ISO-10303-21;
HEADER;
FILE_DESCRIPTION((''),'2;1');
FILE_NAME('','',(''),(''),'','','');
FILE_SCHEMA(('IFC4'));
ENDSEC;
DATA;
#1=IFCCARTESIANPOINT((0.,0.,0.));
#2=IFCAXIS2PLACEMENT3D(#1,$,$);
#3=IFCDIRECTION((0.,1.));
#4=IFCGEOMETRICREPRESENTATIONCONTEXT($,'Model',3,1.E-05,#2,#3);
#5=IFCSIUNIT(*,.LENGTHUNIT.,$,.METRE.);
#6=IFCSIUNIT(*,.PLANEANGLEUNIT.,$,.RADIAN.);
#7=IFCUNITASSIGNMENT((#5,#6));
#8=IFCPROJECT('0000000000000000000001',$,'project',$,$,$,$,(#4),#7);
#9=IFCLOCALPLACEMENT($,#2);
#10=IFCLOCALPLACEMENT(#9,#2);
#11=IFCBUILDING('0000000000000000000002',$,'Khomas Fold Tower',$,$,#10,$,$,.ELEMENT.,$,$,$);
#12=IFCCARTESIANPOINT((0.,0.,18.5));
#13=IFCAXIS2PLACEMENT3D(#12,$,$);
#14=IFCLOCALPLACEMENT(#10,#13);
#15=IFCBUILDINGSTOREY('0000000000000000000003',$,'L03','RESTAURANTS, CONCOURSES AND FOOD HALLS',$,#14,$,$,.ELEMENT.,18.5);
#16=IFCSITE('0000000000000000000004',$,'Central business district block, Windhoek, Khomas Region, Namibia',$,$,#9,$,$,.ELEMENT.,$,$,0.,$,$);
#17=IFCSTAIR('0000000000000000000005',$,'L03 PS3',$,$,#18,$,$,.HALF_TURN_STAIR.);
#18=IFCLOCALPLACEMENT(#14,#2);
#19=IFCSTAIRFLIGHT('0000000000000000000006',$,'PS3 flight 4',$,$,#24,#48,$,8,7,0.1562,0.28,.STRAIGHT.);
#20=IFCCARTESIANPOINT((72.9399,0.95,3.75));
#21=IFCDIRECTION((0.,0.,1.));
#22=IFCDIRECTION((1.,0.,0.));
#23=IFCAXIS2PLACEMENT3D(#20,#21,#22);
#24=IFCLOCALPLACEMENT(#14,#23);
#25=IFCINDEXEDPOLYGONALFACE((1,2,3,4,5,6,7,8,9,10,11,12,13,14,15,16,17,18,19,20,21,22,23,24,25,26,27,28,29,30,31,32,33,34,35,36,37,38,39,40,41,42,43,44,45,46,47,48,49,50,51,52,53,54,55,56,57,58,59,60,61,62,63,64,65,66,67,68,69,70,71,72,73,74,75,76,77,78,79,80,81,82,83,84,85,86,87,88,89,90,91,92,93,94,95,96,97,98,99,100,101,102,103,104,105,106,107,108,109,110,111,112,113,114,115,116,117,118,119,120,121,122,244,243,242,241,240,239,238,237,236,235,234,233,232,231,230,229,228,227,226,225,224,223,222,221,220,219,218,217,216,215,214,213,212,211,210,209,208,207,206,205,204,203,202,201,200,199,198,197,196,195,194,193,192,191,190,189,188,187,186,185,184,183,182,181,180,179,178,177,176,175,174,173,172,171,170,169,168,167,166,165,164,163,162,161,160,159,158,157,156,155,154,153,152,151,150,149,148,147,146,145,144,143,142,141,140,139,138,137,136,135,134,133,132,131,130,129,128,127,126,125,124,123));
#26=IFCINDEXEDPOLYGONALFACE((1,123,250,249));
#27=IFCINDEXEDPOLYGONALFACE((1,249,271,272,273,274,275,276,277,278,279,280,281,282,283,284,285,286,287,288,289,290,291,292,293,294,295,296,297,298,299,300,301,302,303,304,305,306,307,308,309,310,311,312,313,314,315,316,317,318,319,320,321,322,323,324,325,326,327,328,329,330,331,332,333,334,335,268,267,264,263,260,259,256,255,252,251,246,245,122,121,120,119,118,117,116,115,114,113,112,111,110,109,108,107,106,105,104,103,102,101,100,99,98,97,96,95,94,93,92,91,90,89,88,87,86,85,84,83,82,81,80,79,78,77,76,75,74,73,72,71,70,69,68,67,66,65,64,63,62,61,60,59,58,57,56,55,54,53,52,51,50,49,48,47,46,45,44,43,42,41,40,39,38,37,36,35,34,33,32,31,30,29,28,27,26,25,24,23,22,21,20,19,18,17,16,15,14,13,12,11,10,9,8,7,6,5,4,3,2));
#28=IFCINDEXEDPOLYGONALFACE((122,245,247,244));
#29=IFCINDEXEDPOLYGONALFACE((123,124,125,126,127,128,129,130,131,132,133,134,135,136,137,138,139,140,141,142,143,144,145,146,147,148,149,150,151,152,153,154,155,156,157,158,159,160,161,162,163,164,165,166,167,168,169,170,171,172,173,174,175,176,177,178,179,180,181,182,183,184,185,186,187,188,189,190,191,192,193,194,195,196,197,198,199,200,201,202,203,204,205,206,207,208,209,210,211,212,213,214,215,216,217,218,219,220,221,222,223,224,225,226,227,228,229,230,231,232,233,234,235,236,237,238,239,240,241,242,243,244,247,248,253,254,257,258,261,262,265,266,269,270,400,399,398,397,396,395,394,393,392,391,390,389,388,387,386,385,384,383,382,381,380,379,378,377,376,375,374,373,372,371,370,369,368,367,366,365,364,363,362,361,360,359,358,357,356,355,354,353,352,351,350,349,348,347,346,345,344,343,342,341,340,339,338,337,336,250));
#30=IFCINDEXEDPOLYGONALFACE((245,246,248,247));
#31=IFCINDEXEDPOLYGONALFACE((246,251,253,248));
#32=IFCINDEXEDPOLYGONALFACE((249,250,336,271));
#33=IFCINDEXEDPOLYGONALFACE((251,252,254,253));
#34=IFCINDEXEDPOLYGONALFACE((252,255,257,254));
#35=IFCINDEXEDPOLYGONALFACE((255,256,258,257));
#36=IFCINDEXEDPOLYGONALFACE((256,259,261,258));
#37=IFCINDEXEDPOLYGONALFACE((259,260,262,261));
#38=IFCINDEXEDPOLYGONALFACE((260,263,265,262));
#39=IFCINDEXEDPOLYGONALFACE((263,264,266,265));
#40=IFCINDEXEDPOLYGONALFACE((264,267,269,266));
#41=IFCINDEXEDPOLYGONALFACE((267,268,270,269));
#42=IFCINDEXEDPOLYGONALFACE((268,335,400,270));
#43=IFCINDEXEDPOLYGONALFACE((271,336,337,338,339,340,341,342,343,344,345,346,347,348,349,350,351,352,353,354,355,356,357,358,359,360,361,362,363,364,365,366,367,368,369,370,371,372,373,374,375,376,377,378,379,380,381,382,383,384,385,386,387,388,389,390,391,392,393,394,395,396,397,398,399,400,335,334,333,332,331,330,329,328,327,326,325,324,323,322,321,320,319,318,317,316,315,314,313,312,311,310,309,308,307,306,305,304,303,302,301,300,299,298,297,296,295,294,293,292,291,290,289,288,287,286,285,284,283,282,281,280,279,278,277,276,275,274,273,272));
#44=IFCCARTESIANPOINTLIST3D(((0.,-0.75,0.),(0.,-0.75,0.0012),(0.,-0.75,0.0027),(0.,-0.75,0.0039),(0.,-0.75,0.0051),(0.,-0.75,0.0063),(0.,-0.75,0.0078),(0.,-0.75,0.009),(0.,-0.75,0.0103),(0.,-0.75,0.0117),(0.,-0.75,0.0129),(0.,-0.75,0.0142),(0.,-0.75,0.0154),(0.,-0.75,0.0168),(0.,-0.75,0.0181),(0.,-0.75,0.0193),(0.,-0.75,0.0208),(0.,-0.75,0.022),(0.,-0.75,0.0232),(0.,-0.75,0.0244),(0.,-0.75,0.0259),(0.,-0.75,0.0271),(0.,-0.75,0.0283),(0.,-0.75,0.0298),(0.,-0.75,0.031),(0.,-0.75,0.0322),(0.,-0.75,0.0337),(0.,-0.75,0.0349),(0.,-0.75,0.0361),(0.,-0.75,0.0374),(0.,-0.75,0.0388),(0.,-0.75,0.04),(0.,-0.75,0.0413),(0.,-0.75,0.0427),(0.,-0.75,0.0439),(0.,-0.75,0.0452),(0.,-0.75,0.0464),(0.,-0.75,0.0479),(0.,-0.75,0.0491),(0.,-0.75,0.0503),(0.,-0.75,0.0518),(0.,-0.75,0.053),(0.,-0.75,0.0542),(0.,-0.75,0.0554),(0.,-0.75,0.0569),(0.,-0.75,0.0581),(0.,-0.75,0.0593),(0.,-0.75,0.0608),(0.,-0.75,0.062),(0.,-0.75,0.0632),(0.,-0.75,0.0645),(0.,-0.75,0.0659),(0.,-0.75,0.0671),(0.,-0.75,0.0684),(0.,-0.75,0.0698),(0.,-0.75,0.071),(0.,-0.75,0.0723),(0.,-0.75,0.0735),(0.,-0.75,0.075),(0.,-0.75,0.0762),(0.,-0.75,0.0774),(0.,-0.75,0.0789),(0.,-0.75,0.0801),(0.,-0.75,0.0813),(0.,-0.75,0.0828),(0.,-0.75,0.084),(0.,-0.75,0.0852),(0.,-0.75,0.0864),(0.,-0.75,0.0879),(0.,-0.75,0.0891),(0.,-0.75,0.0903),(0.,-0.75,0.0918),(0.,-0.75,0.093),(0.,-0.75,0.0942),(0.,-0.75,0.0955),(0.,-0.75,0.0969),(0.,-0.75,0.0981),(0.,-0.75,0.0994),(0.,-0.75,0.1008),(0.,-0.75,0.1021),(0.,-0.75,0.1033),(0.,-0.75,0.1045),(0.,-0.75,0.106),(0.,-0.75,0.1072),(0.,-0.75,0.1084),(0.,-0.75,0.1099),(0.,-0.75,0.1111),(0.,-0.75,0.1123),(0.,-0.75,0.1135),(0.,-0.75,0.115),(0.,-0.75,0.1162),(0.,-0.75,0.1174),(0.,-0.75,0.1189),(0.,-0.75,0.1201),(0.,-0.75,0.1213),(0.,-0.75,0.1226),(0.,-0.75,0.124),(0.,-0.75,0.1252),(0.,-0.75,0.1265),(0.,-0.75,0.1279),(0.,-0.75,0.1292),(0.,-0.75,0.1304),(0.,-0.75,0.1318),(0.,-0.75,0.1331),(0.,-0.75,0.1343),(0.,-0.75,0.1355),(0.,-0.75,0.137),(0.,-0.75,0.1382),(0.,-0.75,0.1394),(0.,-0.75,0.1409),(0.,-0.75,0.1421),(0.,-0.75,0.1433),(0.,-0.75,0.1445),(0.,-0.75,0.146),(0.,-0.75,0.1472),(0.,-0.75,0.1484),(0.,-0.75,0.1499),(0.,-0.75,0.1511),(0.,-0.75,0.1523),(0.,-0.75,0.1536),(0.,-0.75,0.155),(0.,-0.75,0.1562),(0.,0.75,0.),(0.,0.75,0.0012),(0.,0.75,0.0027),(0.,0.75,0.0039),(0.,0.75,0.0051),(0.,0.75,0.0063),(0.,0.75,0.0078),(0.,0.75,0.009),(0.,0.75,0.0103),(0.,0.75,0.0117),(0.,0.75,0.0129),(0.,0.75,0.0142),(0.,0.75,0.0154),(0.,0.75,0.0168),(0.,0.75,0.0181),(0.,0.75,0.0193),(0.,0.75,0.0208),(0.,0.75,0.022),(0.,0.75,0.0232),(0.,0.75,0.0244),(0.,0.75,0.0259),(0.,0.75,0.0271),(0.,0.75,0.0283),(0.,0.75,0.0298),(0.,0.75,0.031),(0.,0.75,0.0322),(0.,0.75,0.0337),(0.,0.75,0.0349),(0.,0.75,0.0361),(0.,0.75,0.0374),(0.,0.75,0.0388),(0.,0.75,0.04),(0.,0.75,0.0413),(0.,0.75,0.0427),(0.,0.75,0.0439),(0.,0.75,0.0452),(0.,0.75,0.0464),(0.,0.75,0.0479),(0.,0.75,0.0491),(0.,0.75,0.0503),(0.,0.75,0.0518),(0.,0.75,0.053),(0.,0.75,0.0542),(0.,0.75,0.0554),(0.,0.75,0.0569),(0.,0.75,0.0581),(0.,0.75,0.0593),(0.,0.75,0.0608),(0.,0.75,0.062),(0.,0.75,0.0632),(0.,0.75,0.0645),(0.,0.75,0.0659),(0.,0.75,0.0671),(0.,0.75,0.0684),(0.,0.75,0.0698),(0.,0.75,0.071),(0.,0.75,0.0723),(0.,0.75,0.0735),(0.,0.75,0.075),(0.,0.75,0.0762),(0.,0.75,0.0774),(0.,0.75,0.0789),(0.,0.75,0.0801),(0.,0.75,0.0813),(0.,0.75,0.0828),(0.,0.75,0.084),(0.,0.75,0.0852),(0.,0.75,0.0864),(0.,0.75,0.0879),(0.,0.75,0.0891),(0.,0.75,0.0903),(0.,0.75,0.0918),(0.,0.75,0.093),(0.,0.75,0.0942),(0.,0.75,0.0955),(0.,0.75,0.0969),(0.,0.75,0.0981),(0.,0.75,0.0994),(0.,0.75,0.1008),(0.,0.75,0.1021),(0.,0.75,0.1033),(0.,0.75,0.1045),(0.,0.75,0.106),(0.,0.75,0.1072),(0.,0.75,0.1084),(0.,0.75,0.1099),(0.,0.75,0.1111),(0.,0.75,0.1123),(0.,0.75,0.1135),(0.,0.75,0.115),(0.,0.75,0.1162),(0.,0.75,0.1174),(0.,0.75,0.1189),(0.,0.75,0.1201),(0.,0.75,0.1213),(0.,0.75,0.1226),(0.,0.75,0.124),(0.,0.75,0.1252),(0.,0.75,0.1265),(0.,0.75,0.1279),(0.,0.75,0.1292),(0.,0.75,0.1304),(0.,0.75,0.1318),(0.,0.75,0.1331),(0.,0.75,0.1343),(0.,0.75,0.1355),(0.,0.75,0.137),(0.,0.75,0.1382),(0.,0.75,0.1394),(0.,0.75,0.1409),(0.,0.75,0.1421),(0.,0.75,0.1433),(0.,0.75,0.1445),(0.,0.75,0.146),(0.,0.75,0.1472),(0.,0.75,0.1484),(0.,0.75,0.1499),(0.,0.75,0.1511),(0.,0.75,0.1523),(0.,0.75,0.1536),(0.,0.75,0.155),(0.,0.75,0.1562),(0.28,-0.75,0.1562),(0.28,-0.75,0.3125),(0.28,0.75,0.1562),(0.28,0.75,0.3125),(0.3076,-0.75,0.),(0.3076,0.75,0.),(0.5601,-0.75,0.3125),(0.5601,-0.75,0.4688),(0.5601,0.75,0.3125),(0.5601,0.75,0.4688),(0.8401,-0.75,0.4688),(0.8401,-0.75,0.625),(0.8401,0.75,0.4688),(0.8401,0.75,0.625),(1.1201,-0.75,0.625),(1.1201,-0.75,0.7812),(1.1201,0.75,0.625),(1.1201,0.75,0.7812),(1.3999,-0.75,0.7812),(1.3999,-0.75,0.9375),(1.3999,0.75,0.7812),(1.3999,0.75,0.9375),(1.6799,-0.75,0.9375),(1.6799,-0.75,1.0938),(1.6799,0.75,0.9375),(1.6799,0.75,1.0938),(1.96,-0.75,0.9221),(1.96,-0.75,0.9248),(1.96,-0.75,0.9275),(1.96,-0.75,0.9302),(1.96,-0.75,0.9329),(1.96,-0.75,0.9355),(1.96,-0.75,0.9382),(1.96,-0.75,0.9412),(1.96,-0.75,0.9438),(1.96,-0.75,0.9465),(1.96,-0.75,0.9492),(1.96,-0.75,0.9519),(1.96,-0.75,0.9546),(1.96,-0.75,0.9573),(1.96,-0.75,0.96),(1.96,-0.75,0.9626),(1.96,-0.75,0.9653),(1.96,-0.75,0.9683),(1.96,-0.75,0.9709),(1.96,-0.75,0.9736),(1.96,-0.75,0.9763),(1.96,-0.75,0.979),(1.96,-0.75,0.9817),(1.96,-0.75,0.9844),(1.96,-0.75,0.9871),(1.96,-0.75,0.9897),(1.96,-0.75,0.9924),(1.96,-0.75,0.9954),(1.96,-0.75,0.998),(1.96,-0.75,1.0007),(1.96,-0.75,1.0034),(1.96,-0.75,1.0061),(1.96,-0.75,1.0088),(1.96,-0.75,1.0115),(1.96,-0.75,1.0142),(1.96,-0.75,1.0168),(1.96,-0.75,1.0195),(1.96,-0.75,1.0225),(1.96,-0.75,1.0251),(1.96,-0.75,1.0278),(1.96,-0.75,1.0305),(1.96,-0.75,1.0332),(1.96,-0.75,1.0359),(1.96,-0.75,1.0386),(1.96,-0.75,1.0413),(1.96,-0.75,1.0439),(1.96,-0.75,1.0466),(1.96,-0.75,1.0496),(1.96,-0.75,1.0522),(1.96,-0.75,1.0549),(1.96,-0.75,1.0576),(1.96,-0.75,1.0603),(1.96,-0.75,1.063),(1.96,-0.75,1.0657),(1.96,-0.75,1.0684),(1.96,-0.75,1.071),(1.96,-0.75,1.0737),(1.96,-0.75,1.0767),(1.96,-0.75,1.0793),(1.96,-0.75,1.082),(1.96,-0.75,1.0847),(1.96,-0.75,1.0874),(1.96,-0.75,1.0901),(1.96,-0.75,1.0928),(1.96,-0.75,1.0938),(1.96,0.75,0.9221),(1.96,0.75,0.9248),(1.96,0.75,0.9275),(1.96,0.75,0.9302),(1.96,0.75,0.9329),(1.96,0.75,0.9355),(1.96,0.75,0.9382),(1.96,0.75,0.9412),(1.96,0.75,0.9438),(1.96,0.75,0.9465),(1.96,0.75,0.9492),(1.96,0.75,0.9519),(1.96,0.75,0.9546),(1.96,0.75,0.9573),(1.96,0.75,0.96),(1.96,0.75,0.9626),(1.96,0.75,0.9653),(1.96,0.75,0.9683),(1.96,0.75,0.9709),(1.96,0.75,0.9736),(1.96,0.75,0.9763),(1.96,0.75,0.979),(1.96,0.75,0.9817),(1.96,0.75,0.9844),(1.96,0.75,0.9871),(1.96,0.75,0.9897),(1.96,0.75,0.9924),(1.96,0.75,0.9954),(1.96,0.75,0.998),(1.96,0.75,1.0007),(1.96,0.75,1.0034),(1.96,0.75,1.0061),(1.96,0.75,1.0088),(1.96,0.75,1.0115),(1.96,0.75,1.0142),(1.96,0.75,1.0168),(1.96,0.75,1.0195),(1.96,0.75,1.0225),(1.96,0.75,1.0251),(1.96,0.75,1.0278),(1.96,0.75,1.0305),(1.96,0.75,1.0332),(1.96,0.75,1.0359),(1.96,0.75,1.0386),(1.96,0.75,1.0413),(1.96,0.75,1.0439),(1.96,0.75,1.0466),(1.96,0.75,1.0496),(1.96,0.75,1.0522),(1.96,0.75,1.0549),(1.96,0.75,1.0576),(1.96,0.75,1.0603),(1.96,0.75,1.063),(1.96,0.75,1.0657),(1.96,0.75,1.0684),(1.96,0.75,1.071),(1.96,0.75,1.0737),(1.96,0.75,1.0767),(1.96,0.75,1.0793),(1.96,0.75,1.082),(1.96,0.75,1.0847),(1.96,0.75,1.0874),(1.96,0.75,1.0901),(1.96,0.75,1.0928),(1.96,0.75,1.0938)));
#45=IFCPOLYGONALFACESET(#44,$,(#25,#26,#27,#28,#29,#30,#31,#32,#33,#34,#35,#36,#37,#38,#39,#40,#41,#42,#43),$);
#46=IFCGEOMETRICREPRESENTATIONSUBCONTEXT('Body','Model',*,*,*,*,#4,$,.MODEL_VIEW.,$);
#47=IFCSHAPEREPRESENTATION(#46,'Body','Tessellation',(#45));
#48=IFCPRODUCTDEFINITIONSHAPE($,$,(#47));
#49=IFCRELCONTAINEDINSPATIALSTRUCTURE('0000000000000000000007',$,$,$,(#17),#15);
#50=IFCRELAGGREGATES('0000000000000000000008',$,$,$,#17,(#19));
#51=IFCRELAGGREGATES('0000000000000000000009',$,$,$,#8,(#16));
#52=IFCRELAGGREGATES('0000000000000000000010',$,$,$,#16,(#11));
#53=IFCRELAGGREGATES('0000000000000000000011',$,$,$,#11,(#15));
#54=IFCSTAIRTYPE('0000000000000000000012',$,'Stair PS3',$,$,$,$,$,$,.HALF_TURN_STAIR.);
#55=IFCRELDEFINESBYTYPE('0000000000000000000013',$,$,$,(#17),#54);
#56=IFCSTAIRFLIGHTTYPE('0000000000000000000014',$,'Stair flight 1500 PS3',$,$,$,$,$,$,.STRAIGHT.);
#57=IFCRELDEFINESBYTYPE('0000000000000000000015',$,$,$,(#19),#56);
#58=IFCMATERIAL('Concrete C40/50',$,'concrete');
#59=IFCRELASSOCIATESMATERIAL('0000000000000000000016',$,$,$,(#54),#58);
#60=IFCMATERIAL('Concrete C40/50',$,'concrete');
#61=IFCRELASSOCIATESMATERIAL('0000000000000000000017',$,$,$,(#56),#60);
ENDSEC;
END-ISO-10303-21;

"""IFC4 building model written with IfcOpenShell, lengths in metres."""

from ifc_helpers import new_model, si_unit, direction, frame, origin, place, context, subcontext, project, spatial, polyline, outline, extrude, source, transform, mapped, material, type_object, element, aggregate, save


model = new_model("IFC4")

# Units and contexts
model_context = context("Model", 3, precision=1e-05, world=origin(), true_north=direction((0.0, 1.0)))
body_context = subcontext(model_context, "Body", "Model", "MODEL_VIEW")
ifc_project = project(units=[si_unit("LENGTHUNIT", "METRE"), si_unit("PLANEANGLEUNIT", "RADIAN")], contexts=[model_context])

# Site, building, storey
site_placement = place(None, origin())
site = spatial("IfcSite", under=ifc_project, at=site_placement, Name="Central business district block, Windhoek, Khomas Region, Namibia", CompositionType="ELEMENT", RefElevation=0.0)
building_placement = place(site_placement, origin())
building = spatial("IfcBuilding", under=site, at=building_placement, Name="Khomas Fold Tower", CompositionType="ELEMENT")
storey_placement = place(building_placement, frame((0.0, 0.0, 18.5)))
storey = spatial("IfcBuildingStorey", under=building, at=storey_placement, Name="L03", Description="RESTAURANTS, CONCOURSES AND FOOD HALLS", CompositionType="ELEMENT", Elevation=18.5)

# Stair, stair flight
ifc_material_1 = material(Name="Concrete C40/50", Category="concrete")
stair_type = type_object("IfcStairType", Name="Stair PS3", PredefinedType="HALF_TURN_STAIR", material=ifc_material_1)
stair_placement = place(storey_placement, origin())
stair = element("IfcStair", 1, at=stair_placement, inside=storey, type_object=stair_type, Name="L03 PS3", PredefinedType="HALF_TURN_STAIR")
ifc_material_2 = material(Name="Concrete C40/50", Category="concrete")
stair_flight_type = type_object("IfcStairFlightType", Name="Stair flight 1500 PS3", PredefinedType="STRAIGHT", material=ifc_material_2)
shared_shape_1 = source(origin(), body_context, "Body", "SweptSolid", [
    extrude(outline(polyline([(0.0, 0.0), (0.0, 0.0012), (0.0, 0.0027), (0.0, 0.0039), (0.0, 0.0051), (0.0, 0.0063), (0.0, 0.0078), (0.0, 0.009), (0.0, 0.0103), (0.0, 0.0117), (0.0, 0.0129), (0.0, 0.0142), (0.0, 0.0154), (0.0, 0.0168), (0.0, 0.0181), (0.0, 0.0193), (0.0, 0.0208), (0.0, 0.022), (0.0, 0.0232), (0.0, 0.0244), (0.0, 0.0259), (0.0, 0.0271), (0.0, 0.0283), (0.0, 0.0298), (0.0, 0.031), (0.0, 0.0322), (0.0, 0.0337), (0.0, 0.0349), (0.0, 0.0361), (0.0, 0.0374), (0.0, 0.0388), (0.0, 0.04), (0.0, 0.0413), (0.0, 0.0427), (0.0, 0.0439), (0.0, 0.0452), (0.0, 0.0464), (0.0, 0.0479), (0.0, 0.0491), (0.0, 0.0503), (0.0, 0.0518), (0.0, 0.053), (0.0, 0.0542), (0.0, 0.0554), (0.0, 0.0569), (0.0, 0.0581), (0.0, 0.0593), (0.0, 0.0608), (0.0, 0.062), (0.0, 0.0632), (0.0, 0.0645), (0.0, 0.0659), (0.0, 0.0671), (0.0, 0.0684), (0.0, 0.0698), (0.0, 0.071), (0.0, 0.0723), (0.0, 0.0735), (0.0, 0.075), (0.0, 0.0762), (0.0, 0.0774), (0.0, 0.0789), (0.0, 0.0801), (0.0, 0.0813), (0.0, 0.0828), (0.0, 0.084), (0.0, 0.0852), (0.0, 0.0864), (0.0, 0.0879), (0.0, 0.0891), (0.0, 0.0903), (0.0, 0.0918), (0.0, 0.093), (0.0, 0.0942), (0.0, 0.0955), (0.0, 0.0969), (0.0, 0.0981), (0.0, 0.0994), (0.0, 0.1008), (0.0, 0.1021), (0.0, 0.1033), (0.0, 0.1045), (0.0, 0.106), (0.0, 0.1072), (0.0, 0.1084), (0.0, 0.1099), (0.0, 0.1111), (0.0, 0.1123), (0.0, 0.1135), (0.0, 0.115), (0.0, 0.1162), (0.0, 0.1174), (0.0, 0.1189), (0.0, 0.1201), (0.0, 0.1213), (0.0, 0.1226), (0.0, 0.124), (0.0, 0.1252), (0.0, 0.1265), (0.0, 0.1279), (0.0, 0.1292), (0.0, 0.1304), (0.0, 0.1318), (0.0, 0.1331), (0.0, 0.1343), (0.0, 0.1355), (0.0, 0.137), (0.0, 0.1382), (0.0, 0.1394), (0.0, 0.1409), (0.0, 0.1421), (0.0, 0.1433), (0.0, 0.1445), (0.0, 0.146), (0.0, 0.1472), (0.0, 0.1484), (0.0, 0.1499), (0.0, 0.1511), (0.0, 0.1523), (0.0, 0.1536), (0.0, 0.155), (0.0, 0.1562), (0.28, 0.1562), (0.28, 0.3125), (0.5601, 0.3125), (0.5601, 0.4688), (0.8401, 0.4688), (0.8401, 0.625), (1.1201, 0.625), (1.1201, 0.7812), (1.3999, 0.7812), (1.3999, 0.9375), (1.6799, 0.9375), (1.6799, 1.0938), (1.96, 1.0938), (1.96, 1.25), (1.96, 1.2473), (1.96, 1.2446), (1.96, 1.2419), (1.96, 1.2393), (1.96, 1.2363), (1.96, 1.2336), (1.96, 1.231), (1.96, 1.2283), (1.96, 1.2256), (1.96, 1.2229), (1.96, 1.2202), (1.96, 1.2175), (1.96, 1.2148), (1.96, 1.2122), (1.96, 1.2092), (1.96, 1.2065), (1.96, 1.2039), (1.96, 1.2012), (1.96, 1.1985), (1.96, 1.1958), (1.96, 1.1931), (1.96, 1.1904), (1.96, 1.1877), (1.96, 1.1851), (1.96, 1.1821), (1.96, 1.1794), (1.96, 1.1768), (1.96, 1.1741), (1.96, 1.1714), (1.96, 1.1687), (1.96, 1.166), (1.96, 1.1633), (1.96, 1.1606), (1.96, 1.158), (1.96, 1.155), (1.96, 1.1523), (1.96, 1.1497), (1.96, 1.147), (1.96, 1.1443), (1.96, 1.1416), (1.96, 1.1389), (1.96, 1.1362), (1.96, 1.1335), (1.96, 1.1309), (1.96, 1.1279), (1.96, 1.1252), (1.96, 1.1226), (1.96, 1.1199), (1.96, 1.1172), (1.96, 1.1145), (1.96, 1.1118), (1.96, 1.1091), (1.96, 1.1064), (1.96, 1.1038), (1.96, 1.1008), (1.96, 1.0981), (1.96, 1.0955), (1.96, 1.0928), (1.96, 1.0901), (1.96, 1.0874), (1.96, 1.0847), (1.96, 1.082), (1.96, 1.0793), (1.96, 1.0767), (1.96, 1.0737), (1.96, 1.071), (1.96, 1.0684), (1.96, 1.0657), (1.96, 1.063), (1.96, 1.0603), (1.96, 1.0576), (1.96, 1.0549), (1.96, 1.0522), (1.96, 1.0496), (1.96, 1.0466), (1.96, 1.0439), (1.96, 1.0413), (1.96, 1.0386), (1.96, 1.0359), (1.96, 1.0332), (1.96, 1.0305), (1.96, 1.0278), (1.96, 1.0251), (1.96, 1.0225), (1.96, 1.0195), (1.96, 1.0168), (1.96, 1.0142), (1.96, 1.0115), (1.96, 1.0088), (1.96, 1.0061), (1.96, 1.0034), (1.96, 1.0007), (1.96, 0.998), (1.96, 0.9954), (1.96, 0.9924), (1.96, 0.9897), (1.96, 0.9871), (1.96, 0.9844), (1.96, 0.9817), (1.96, 0.979), (1.96, 0.9763), (1.96, 0.9736), (1.96, 0.9709), (1.96, 0.9683), (1.96, 0.9653), (1.96, 0.9626), (1.96, 0.96), (1.96, 0.9573), (1.96, 0.9546), (1.96, 0.9519), (1.96, 0.9492), (1.96, 0.9465), (1.96, 0.9438), (1.96, 0.9412), (1.96, 0.9382), (1.96, 0.9355), (1.96, 0.9329), (1.96, 0.9302), (1.96, 0.9275), (1.96, 0.9248), (1.96, 0.9221), (0.3076, 0.0), (0.0, 0.0)])), frame((0.0, 0.75, 0.0), z_axis=(0.0, -1.0, 0.0), x_axis=(1.0, 0.0, 0.0)), (0.0, 0.0, 1.0), 1.5),
])
stair_flight_1_placement = place(storey_placement, frame((72.9399, 0.95, 3.75), z_axis=(0.0, 0.0, 1.0), x_axis=(1.0, 0.0, 0.0)))
stair_flight_1 = element("IfcStairFlight", 2, at=stair_flight_1_placement, type_object=stair_flight_type, Name="PS3 flight 4", NumberOfRisers=8, NumberOfTreads=7, PredefinedType="STRAIGHT", RiserHeight=0.1562, TreadLength=0.28, context=body_context, shape_type="MappedRepresentation", body=[
    mapped(shared_shape_1, transform((0.0, 0.0, 0.0))),
])
aggregate(stair, [stair_flight_1])

save(model, "model.ifc")
